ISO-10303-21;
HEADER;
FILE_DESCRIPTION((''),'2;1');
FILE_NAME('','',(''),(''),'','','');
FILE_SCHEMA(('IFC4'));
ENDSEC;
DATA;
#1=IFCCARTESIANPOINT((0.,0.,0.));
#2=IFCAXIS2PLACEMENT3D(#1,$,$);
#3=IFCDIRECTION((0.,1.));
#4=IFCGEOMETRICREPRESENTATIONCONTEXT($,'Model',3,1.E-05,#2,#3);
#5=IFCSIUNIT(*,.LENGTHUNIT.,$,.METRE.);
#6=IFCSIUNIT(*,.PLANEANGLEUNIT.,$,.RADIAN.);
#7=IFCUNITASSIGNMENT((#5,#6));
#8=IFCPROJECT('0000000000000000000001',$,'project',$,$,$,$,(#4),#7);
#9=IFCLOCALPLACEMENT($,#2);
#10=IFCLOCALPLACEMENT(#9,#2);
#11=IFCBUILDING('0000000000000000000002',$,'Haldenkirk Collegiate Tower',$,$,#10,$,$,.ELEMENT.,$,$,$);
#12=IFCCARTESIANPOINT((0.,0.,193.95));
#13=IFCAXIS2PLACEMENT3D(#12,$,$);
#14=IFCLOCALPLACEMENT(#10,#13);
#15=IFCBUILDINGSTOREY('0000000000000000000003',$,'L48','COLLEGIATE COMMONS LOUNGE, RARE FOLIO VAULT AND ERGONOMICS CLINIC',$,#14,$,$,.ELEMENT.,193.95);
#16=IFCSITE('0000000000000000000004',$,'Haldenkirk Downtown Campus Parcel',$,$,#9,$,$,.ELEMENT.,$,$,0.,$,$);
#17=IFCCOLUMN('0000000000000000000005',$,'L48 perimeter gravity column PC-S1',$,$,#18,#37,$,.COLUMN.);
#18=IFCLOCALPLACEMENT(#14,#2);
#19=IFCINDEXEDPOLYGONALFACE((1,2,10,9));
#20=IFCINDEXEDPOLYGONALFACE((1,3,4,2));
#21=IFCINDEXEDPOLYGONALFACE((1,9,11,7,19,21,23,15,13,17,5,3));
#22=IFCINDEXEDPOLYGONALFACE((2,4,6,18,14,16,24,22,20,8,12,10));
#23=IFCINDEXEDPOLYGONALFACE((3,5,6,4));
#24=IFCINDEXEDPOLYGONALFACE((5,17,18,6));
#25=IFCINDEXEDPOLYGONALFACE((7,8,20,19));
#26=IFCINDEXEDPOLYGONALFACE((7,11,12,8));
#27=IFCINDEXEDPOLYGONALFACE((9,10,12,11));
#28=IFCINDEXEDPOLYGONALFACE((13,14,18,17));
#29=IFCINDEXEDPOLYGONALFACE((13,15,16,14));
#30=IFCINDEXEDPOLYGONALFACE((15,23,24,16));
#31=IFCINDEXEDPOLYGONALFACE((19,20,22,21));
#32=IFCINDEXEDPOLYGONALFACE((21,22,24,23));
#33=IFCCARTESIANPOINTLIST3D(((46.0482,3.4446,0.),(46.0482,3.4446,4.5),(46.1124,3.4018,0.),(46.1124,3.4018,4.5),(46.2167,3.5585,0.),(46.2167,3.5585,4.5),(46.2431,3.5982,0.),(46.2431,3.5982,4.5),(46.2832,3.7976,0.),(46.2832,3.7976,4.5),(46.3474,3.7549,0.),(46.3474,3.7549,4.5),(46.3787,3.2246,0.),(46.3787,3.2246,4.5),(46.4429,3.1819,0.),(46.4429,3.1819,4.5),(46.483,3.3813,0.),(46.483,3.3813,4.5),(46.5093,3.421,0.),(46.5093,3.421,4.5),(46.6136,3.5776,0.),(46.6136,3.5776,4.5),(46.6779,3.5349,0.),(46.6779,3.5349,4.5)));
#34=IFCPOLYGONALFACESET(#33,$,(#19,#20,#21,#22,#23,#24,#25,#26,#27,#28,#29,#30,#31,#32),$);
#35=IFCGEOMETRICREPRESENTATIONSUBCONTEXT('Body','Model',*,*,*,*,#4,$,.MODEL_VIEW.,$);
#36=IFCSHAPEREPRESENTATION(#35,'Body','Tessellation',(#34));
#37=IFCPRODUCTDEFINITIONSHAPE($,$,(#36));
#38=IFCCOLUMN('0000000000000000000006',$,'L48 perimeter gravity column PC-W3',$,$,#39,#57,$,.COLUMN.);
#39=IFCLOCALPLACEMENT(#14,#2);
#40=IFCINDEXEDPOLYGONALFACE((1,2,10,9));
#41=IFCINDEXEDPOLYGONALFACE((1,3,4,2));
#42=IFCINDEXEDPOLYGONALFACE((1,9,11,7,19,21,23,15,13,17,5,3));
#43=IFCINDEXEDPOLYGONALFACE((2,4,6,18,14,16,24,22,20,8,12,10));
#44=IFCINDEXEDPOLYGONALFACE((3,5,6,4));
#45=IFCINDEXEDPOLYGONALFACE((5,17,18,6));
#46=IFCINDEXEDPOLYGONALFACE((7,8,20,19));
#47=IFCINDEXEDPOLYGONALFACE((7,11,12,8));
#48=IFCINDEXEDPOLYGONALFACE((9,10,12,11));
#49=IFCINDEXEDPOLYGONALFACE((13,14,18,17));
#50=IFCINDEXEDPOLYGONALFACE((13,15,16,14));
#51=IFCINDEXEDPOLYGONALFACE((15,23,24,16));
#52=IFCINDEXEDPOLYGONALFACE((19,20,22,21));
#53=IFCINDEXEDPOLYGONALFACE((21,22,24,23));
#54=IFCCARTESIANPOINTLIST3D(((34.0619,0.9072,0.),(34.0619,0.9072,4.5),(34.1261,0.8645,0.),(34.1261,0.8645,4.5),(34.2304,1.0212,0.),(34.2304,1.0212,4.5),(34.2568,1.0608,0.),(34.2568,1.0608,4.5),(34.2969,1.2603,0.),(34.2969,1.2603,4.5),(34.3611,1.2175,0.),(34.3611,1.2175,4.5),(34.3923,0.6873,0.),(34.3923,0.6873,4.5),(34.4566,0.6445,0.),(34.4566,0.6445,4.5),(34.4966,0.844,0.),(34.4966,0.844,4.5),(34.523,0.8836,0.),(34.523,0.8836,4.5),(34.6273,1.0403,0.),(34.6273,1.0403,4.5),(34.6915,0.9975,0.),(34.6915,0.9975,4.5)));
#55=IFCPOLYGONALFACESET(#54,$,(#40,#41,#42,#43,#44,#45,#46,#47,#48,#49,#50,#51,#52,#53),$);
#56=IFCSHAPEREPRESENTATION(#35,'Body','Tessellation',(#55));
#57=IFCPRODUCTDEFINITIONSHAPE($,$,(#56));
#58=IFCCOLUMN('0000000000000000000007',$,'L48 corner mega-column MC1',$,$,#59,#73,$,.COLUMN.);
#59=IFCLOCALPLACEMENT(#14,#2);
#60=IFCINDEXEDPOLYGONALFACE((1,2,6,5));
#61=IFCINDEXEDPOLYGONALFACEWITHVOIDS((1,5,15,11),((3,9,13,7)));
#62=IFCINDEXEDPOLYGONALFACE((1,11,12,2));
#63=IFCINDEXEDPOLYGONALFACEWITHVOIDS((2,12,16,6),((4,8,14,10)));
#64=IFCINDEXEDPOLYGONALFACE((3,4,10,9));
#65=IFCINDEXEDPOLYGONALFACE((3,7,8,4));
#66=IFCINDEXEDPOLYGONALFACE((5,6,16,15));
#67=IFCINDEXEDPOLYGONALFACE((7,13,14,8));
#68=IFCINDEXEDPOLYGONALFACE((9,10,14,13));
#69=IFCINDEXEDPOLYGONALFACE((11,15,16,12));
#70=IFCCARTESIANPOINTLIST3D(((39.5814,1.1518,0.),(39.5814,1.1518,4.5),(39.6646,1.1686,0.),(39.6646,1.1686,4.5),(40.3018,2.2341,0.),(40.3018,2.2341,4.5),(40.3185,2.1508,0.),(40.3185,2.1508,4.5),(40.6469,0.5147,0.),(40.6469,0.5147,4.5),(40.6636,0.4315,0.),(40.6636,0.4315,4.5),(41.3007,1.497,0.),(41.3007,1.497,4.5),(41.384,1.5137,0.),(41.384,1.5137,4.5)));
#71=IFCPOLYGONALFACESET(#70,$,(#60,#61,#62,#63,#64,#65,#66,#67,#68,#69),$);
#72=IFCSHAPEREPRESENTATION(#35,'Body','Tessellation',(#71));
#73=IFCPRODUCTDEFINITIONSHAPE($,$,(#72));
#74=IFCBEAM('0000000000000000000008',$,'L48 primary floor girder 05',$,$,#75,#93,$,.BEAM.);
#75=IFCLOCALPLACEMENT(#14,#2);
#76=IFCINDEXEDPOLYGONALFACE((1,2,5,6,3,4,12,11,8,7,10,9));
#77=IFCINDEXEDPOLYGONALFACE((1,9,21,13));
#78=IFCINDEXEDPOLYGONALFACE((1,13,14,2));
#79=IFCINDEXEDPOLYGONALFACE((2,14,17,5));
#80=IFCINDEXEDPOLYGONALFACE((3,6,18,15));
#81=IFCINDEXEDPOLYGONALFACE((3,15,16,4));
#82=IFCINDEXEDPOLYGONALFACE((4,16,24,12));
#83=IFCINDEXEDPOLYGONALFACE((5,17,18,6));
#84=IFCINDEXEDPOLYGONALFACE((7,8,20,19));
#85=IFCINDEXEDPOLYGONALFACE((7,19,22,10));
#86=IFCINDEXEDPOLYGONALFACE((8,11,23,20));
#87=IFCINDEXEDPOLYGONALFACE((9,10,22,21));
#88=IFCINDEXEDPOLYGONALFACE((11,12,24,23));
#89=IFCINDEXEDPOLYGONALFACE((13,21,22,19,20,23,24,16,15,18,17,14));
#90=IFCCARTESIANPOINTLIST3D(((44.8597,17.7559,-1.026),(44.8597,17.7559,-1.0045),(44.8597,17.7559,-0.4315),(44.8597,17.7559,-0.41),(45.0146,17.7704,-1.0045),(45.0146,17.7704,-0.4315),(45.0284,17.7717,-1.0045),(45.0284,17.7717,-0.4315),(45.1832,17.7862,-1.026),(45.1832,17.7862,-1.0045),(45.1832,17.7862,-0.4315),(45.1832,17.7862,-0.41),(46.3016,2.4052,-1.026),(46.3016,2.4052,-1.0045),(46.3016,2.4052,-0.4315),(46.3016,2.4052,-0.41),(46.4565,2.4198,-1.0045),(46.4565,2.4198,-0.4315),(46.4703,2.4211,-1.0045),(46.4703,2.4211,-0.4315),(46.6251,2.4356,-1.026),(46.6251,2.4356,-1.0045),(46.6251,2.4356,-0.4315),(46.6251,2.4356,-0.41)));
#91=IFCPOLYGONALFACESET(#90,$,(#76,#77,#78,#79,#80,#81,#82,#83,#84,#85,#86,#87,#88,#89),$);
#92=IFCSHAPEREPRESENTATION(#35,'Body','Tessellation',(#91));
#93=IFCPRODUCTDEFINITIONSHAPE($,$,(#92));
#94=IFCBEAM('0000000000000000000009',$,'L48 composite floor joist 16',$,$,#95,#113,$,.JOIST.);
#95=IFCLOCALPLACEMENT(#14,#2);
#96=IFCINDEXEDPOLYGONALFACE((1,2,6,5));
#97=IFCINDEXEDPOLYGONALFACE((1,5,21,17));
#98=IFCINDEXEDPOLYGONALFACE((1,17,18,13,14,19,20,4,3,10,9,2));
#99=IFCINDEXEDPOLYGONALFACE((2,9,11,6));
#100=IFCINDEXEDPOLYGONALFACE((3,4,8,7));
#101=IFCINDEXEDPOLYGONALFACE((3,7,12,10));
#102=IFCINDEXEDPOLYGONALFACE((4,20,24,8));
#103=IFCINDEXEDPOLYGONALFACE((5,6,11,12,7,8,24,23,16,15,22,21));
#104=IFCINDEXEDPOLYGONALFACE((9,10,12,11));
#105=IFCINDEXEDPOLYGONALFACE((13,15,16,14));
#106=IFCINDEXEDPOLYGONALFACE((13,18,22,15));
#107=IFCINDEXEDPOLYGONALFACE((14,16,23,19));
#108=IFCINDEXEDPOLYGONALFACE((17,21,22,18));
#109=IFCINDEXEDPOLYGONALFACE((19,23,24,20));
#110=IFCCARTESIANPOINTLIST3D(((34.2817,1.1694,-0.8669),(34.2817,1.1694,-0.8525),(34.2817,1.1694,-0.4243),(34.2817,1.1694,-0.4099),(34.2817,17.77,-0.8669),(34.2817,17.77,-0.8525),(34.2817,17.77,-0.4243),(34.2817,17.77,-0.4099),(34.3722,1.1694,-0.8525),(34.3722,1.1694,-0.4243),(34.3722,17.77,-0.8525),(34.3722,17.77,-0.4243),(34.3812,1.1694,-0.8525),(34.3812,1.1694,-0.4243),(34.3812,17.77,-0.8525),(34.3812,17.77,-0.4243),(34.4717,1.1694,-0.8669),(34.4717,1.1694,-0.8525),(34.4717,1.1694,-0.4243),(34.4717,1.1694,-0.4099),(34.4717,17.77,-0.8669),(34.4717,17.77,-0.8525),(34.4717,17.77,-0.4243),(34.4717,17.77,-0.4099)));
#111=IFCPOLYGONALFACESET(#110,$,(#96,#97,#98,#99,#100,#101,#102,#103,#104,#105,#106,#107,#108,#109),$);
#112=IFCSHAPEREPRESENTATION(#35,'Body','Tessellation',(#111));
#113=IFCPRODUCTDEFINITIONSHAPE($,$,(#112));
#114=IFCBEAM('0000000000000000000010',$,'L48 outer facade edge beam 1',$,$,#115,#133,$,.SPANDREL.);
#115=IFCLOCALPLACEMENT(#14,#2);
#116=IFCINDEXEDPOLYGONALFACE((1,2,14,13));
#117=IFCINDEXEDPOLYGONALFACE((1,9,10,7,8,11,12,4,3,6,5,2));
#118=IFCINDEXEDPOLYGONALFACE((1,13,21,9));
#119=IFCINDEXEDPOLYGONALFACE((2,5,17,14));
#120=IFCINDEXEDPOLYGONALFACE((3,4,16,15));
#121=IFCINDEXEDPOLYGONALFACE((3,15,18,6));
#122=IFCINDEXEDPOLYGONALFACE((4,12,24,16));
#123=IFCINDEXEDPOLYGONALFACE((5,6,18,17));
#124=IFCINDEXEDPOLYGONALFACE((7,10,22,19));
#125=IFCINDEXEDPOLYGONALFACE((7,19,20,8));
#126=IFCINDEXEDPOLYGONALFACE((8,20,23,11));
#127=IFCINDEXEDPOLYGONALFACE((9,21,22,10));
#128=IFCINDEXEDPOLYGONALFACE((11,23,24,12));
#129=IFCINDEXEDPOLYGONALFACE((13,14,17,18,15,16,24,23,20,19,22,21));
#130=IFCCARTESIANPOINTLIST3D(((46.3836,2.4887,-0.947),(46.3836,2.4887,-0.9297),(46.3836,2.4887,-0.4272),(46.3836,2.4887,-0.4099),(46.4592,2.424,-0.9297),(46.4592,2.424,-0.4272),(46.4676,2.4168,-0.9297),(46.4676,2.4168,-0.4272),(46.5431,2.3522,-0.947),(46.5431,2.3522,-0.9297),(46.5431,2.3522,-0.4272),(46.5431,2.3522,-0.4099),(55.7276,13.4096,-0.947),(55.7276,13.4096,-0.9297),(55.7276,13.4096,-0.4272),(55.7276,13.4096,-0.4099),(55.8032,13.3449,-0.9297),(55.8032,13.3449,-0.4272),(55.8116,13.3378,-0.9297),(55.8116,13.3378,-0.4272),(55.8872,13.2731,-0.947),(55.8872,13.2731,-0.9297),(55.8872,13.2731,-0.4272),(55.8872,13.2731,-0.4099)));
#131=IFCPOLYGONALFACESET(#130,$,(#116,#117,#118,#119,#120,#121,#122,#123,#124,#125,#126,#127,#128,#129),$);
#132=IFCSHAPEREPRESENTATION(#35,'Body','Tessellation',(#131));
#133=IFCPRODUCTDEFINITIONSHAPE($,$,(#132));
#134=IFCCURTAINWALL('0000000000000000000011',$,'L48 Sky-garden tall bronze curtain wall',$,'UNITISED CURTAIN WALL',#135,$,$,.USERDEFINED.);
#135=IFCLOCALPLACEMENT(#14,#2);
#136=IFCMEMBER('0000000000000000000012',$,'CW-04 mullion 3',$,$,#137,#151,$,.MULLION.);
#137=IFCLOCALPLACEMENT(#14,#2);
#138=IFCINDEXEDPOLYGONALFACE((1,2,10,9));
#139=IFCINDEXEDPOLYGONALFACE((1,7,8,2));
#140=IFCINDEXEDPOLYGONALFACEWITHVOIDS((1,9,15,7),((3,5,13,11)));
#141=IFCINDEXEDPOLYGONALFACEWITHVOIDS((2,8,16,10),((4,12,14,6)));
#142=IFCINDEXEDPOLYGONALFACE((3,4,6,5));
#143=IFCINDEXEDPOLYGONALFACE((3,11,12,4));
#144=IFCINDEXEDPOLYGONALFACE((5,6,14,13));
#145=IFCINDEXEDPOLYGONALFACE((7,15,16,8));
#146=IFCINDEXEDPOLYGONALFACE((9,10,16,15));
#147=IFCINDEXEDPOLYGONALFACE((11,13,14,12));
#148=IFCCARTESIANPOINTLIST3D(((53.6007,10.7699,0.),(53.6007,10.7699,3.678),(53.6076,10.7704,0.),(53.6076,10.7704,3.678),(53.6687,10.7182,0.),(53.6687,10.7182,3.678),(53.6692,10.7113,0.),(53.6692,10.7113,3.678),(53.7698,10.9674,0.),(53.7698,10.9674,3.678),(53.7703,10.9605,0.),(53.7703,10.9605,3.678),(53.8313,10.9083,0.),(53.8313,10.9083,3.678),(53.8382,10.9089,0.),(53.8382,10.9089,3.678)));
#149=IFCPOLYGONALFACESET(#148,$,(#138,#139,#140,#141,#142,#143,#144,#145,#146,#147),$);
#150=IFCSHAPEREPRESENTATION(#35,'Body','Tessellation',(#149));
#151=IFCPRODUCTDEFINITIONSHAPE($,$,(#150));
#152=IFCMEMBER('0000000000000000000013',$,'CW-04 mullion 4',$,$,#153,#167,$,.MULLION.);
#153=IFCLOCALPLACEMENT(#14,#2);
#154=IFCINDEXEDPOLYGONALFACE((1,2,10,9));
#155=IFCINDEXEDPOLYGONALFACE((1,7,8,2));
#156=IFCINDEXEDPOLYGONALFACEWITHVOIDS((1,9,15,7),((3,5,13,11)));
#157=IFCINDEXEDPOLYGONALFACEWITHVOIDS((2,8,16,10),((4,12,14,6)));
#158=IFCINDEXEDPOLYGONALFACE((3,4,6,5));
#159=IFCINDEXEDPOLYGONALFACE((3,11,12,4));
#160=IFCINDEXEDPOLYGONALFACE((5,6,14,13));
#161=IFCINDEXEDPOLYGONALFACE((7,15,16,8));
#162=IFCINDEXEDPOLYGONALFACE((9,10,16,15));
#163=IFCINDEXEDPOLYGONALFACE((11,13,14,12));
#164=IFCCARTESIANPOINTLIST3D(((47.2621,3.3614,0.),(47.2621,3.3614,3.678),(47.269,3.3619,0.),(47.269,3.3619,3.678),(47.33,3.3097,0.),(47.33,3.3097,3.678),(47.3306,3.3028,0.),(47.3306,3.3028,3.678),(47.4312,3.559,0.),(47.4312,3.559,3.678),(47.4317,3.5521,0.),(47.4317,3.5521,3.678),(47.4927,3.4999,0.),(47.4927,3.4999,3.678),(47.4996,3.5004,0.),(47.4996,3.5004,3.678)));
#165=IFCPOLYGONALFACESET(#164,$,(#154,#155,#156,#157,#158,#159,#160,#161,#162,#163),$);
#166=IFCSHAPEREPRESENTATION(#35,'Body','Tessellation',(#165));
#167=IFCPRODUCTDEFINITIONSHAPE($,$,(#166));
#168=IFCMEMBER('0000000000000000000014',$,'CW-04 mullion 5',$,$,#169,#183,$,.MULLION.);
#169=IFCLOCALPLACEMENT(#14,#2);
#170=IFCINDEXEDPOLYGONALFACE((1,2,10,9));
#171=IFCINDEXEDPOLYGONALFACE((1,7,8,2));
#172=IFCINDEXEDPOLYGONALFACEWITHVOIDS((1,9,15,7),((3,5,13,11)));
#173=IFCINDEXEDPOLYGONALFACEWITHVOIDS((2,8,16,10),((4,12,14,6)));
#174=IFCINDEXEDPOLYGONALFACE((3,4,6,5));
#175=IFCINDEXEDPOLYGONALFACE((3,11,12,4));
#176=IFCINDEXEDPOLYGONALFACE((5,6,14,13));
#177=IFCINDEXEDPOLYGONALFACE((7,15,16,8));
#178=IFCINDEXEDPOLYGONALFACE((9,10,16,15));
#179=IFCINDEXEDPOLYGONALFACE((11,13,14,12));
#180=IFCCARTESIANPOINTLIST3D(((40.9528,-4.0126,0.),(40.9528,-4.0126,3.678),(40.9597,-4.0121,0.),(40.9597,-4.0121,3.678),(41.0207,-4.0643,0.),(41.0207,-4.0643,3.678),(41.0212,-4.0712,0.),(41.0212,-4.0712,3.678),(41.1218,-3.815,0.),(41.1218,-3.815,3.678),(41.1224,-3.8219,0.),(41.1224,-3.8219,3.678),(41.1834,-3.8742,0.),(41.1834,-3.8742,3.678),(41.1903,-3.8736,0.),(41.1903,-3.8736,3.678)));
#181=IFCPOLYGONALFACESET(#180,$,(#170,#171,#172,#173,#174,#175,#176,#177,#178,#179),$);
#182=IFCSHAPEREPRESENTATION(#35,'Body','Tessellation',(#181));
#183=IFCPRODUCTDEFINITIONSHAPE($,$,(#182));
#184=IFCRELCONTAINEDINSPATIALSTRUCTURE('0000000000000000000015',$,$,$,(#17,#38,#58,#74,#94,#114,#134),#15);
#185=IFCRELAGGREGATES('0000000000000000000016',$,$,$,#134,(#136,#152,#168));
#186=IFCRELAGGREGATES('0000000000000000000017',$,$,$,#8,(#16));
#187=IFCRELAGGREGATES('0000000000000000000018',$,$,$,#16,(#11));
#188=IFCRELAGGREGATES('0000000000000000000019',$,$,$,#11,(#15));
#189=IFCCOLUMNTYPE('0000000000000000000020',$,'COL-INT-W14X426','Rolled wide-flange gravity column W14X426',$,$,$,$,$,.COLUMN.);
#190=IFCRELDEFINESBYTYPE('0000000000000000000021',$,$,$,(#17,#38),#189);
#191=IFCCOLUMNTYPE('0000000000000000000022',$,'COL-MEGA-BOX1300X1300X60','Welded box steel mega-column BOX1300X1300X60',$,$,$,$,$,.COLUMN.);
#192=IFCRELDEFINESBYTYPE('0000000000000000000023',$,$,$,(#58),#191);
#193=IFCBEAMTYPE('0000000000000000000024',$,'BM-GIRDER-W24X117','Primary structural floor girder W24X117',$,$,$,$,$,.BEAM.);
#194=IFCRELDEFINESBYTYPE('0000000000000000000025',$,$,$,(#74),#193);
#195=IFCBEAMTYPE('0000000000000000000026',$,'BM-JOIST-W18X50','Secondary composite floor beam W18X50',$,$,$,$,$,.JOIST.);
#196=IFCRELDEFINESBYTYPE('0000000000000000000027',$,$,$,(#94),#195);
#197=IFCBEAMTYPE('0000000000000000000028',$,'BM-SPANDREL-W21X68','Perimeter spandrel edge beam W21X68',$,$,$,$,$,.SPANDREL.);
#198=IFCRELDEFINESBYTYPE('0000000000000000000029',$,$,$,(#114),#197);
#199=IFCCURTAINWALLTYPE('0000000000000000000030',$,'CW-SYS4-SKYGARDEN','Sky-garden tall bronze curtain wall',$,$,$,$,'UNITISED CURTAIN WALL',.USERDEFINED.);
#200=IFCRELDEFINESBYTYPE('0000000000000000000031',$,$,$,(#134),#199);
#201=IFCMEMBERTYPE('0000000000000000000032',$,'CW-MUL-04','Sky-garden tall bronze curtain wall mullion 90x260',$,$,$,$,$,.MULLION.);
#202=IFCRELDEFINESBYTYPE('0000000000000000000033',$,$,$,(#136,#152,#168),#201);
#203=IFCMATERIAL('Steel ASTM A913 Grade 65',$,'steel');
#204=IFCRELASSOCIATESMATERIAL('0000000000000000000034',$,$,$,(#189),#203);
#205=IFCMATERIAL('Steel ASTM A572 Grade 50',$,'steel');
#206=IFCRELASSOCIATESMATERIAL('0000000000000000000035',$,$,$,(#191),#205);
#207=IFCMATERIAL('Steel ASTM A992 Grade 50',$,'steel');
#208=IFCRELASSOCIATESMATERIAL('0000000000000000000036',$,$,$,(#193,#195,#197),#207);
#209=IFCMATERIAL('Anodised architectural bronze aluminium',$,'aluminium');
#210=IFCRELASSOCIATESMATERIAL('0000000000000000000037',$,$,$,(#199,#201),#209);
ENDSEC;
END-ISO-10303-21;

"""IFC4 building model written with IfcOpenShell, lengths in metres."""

from ifc_helpers import new_model, si_unit, direction, frame, origin, origin_2d, place, context, subcontext, project, spatial, hollow_rectangle, i_section, extrude, material, material_profile, profile_set, type_object, element, aggregate, save


model = new_model("IFC4")

# Units and contexts
model_context = context("Model", 3, precision=1e-05, world=origin(), true_north=direction((0.0, 1.0)))
body_context = subcontext(model_context, "Body", "Model", "MODEL_VIEW")
ifc_project = project(units=[si_unit("LENGTHUNIT", "METRE"), si_unit("PLANEANGLEUNIT", "RADIAN")], contexts=[model_context])

# Site, building, storey
site_placement = place(None, origin())
site = spatial("IfcSite", under=ifc_project, at=site_placement, Name="Haldenkirk Downtown Campus Parcel", CompositionType="ELEMENT", RefElevation=0.0)
building_placement = place(site_placement, origin())
building = spatial("IfcBuilding", under=site, at=building_placement, Name="Haldenkirk Collegiate Tower", CompositionType="ELEMENT")
storey_placement = place(building_placement, frame((0.0, 0.0, 193.95)))
storey = spatial("IfcBuildingStorey", under=building, at=storey_placement, Name="L48", Description="COLLEGIATE COMMONS LOUNGE, RARE FOLIO VAULT AND ERGONOMICS CLINIC", CompositionType="ELEMENT", Elevation=193.95)

# Columns
ifc_material_1 = material(Name="Steel ASTM A913 Grade 65", Category="steel")
ifc_material_profile_1 = material_profile(ifc_material_1, i_section(OverallWidth=0.4241, OverallDepth=0.4741, WebThickness=0.0476, FlangeThickness=0.0771, at=origin_2d()), Name="W14X426")
ifc_profile_set_1 = profile_set([ifc_material_profile_1], Name="Steel ASTM A913 Grade 65")
column_type_1 = type_object("IfcColumnType", Name="COL-INT-W14X426", Description="Rolled wide-flange gravity column W14X426", PredefinedType="COLUMN", material=ifc_profile_set_1)
for number, where, z_axis, x_axis, name in (
    (1, (46.363, 3.4897, 0.0), (0.0, 0.0, 1.0), (0.554118, 0.832438, 0.0), "L48 perimeter gravity column PC-S1"),
    (2, (34.3767, 0.9524, 0.0), (0.0, 0.0, 1.0), (0.554118, 0.832438, 0.0), "L48 perimeter gravity column PC-W3"),
):
    element("IfcColumn", number, at=place(storey_placement, frame(where, z_axis=z_axis, x_axis=x_axis)), inside=storey, type_object=column_type_1, Name=name, PredefinedType="COLUMN", context=body_context, shape_type="SweptSolid", body=[
        extrude(i_section(OverallWidth=0.4241, OverallDepth=0.4741, WebThickness=0.0476, FlangeThickness=0.0771, at=origin_2d()), origin(), (0.0, 0.0, 1.0), 4.5),
    ])
ifc_material_2 = material(Name="Steel ASTM A572 Grade 50", Category="steel")
ifc_material_profile_2 = material_profile(ifc_material_2, hollow_rectangle(XDim=1.3, YDim=1.3, WallThickness=0.0601, at=origin_2d()), Name="BOX1300X1300X60")
ifc_profile_set_2 = profile_set([ifc_material_profile_2], Name="Steel ASTM A572 Grade 50")
column_type_2 = type_object("IfcColumnType", Name="COL-MEGA-BOX1300X1300X60", Description="Welded box steel mega-column BOX1300X1300X60", PredefinedType="COLUMN", material=ifc_profile_set_2)
column_placement = place(storey_placement, frame((40.4827, 1.3328, 0.0), z_axis=(0.0, 0.0, 1.0), x_axis=(0.554118, 0.832438, 0.0)))
element("IfcColumn", 3, at=column_placement, inside=storey, type_object=column_type_2, Name="L48 corner mega-column MC1", PredefinedType="COLUMN", context=body_context, shape_type="SweptSolid", body=[
    extrude(hollow_rectangle(XDim=1.3, YDim=1.3, WallThickness=0.0601, at=origin_2d()), origin(), (0.0, 0.0, 1.0), 4.5),
])

# Beams
ifc_material_3 = material(Name="Steel ASTM A992 Grade 50", Category="steel")
ifc_material_profile_3 = material_profile(ifc_material_3, i_section(OverallWidth=0.325, OverallDepth=0.616, WebThickness=0.0139, FlangeThickness=0.0215, at=origin_2d()), Name="W24X117")
ifc_profile_set_3 = profile_set([ifc_material_profile_3], Name="Steel ASTM A992 Grade 50")
beam_type_1 = type_object("IfcBeamType", Name="BM-GIRDER-W24X117", Description="Primary structural floor girder W24X117", PredefinedType="BEAM", material=ifc_profile_set_3)
beam_1_placement = place(storey_placement, frame((46.4634, 2.4204, -0.718), z_axis=(-0.093519, 0.995617, 0.0), x_axis=(-0.995617, -0.093519, 0.0)))
element("IfcBeam", 4, at=beam_1_placement, inside=storey, type_object=beam_type_1, Name="L48 primary floor girder 05", PredefinedType="BEAM", context=body_context, shape_type="SweptSolid", body=[
    extrude(i_section(OverallWidth=0.325, OverallDepth=0.616, WebThickness=0.0139, FlangeThickness=0.0215, at=origin_2d()), origin(), (0.0, 0.0, 1.0), 15.4182),
])
ifc_material_profile_4 = material_profile(ifc_material_3, i_section(OverallWidth=0.1899, OverallDepth=0.457, WebThickness=0.009, FlangeThickness=0.0144, at=origin_2d()), Name="W18X50")
ifc_profile_set_4 = profile_set([ifc_material_profile_4], Name="Steel ASTM A992 Grade 50")
beam_type_2 = type_object("IfcBeamType", Name="BM-JOIST-W18X50", Description="Secondary composite floor beam W18X50", PredefinedType="JOIST", material=ifc_profile_set_4)
beam_2_placement = place(storey_placement, frame((34.3767, 1.1694, -0.6384), z_axis=(0.0, 1.0, 0.0), x_axis=(-1.0, 0.0, 0.0)))
element("IfcBeam", 5, at=beam_2_placement, inside=storey, type_object=beam_type_2, Name="L48 composite floor joist 16", PredefinedType="JOIST", context=body_context, shape_type="SweptSolid", body=[
    extrude(i_section(OverallWidth=0.1899, OverallDepth=0.457, WebThickness=0.009, FlangeThickness=0.0144, at=origin_2d()), origin(), (0.0, 0.0, 1.0), 16.6006),
])
ifc_material_profile_5 = material_profile(ifc_material_3, i_section(OverallWidth=0.21, OverallDepth=0.5371, WebThickness=0.011, FlangeThickness=0.0173, at=origin_2d()), Name="W21X68")
ifc_profile_set_5 = profile_set([ifc_material_profile_5], Name="Steel ASTM A992 Grade 50")
beam_type_3 = type_object("IfcBeamType", Name="BM-SPANDREL-W21X68", Description="Perimeter spandrel edge beam W21X68", PredefinedType="SPANDREL", material=ifc_profile_set_5)
beam_3_placement = place(storey_placement, frame((46.4634, 2.4204, -0.6785), z_axis=(0.650118, 0.759833, 0.0), x_axis=(-0.759833, 0.650118, 0.0)))
element("IfcBeam", 6, at=beam_3_placement, inside=storey, type_object=beam_type_3, Name="L48 outer facade edge beam 1", PredefinedType="SPANDREL", context=body_context, shape_type="SweptSolid", body=[
    extrude(i_section(OverallWidth=0.21, OverallDepth=0.5371, WebThickness=0.011, FlangeThickness=0.0173, at=origin_2d()), origin(), (0.0, 0.0, 1.0), 14.3728),
])

# Curtain wall, members
ifc_material_4 = material(Name="Anodised architectural bronze aluminium", Category="aluminium")
curtain_wall_type = type_object("IfcCurtainWallType", Name="CW-SYS4-SKYGARDEN", Description="Sky-garden tall bronze curtain wall", ElementType="UNITISED CURTAIN WALL", PredefinedType="USERDEFINED", material=ifc_material_4)
curtain_wall_1_placement = place(storey_placement, origin())
curtain_wall_1 = element("IfcCurtainWall", 7, at=curtain_wall_1_placement, inside=storey, type_object=curtain_wall_type, Name="L48 Sky-garden tall bronze curtain wall", ObjectType="UNITISED CURTAIN WALL", PredefinedType="USERDEFINED")
ifc_material_profile_6 = material_profile(ifc_material_4, hollow_rectangle(XDim=0.0901, YDim=0.26, WallThickness=0.0049, at=origin_2d()), Name="CW-MUL-04")
ifc_profile_set_6 = profile_set([ifc_material_profile_6], Name="Anodised architectural bronze aluminium")
member_type_1 = type_object("IfcMemberType", Name="CW-MUL-04", Description="Sky-garden tall bronze curtain wall mullion 90x260", PredefinedType="MULLION", material=ifc_profile_set_6)
member_1_placement = place(storey_placement, frame((53.7195, 10.8394, 0.0), z_axis=(0.0, 0.0, 1.0), x_axis=(0.759837, -0.650114, 0.0)))
member_1 = element("IfcMember", 8, at=member_1_placement, type_object=member_type_1, Name="CW-04 mullion 3", PredefinedType="MULLION", context=body_context, shape_type="SweptSolid", body=[
    extrude(hollow_rectangle(XDim=0.0901, YDim=0.26, WallThickness=0.0049, at=origin_2d()), origin(), (0.0, 0.0, 1.0), 3.678),
])
member_2_placement = place(storey_placement, frame((47.3809, 3.4309, 0.0), z_axis=(0.0, 0.0, 1.0), x_axis=(0.759837, -0.650114, 0.0)))
member_2 = element("IfcMember", 9, at=member_2_placement, type_object=member_type_1, Name="CW-04 mullion 4", PredefinedType="MULLION", context=body_context, shape_type="SweptSolid", body=[
    extrude(hollow_rectangle(XDim=0.0901, YDim=0.26, WallThickness=0.0049, at=origin_2d()), origin(), (0.0, 0.0, 1.0), 3.678),
])
member_3_placement = place(storey_placement, frame((41.0715, -3.9431, 0.0), z_axis=(0.0, 0.0, 1.0), x_axis=(0.759837, -0.650114, 0.0)))
member_3 = element("IfcMember", 10, at=member_3_placement, type_object=member_type_1, Name="CW-04 mullion 5", PredefinedType="MULLION", context=body_context, shape_type="SweptSolid", body=[
    extrude(hollow_rectangle(XDim=0.0901, YDim=0.26, WallThickness=0.0049, at=origin_2d()), origin(), (0.0, 0.0, 1.0), 3.678),
])

aggregate(curtain_wall_1, [member_1, member_2, member_3])

save(model, "model.ifc")
